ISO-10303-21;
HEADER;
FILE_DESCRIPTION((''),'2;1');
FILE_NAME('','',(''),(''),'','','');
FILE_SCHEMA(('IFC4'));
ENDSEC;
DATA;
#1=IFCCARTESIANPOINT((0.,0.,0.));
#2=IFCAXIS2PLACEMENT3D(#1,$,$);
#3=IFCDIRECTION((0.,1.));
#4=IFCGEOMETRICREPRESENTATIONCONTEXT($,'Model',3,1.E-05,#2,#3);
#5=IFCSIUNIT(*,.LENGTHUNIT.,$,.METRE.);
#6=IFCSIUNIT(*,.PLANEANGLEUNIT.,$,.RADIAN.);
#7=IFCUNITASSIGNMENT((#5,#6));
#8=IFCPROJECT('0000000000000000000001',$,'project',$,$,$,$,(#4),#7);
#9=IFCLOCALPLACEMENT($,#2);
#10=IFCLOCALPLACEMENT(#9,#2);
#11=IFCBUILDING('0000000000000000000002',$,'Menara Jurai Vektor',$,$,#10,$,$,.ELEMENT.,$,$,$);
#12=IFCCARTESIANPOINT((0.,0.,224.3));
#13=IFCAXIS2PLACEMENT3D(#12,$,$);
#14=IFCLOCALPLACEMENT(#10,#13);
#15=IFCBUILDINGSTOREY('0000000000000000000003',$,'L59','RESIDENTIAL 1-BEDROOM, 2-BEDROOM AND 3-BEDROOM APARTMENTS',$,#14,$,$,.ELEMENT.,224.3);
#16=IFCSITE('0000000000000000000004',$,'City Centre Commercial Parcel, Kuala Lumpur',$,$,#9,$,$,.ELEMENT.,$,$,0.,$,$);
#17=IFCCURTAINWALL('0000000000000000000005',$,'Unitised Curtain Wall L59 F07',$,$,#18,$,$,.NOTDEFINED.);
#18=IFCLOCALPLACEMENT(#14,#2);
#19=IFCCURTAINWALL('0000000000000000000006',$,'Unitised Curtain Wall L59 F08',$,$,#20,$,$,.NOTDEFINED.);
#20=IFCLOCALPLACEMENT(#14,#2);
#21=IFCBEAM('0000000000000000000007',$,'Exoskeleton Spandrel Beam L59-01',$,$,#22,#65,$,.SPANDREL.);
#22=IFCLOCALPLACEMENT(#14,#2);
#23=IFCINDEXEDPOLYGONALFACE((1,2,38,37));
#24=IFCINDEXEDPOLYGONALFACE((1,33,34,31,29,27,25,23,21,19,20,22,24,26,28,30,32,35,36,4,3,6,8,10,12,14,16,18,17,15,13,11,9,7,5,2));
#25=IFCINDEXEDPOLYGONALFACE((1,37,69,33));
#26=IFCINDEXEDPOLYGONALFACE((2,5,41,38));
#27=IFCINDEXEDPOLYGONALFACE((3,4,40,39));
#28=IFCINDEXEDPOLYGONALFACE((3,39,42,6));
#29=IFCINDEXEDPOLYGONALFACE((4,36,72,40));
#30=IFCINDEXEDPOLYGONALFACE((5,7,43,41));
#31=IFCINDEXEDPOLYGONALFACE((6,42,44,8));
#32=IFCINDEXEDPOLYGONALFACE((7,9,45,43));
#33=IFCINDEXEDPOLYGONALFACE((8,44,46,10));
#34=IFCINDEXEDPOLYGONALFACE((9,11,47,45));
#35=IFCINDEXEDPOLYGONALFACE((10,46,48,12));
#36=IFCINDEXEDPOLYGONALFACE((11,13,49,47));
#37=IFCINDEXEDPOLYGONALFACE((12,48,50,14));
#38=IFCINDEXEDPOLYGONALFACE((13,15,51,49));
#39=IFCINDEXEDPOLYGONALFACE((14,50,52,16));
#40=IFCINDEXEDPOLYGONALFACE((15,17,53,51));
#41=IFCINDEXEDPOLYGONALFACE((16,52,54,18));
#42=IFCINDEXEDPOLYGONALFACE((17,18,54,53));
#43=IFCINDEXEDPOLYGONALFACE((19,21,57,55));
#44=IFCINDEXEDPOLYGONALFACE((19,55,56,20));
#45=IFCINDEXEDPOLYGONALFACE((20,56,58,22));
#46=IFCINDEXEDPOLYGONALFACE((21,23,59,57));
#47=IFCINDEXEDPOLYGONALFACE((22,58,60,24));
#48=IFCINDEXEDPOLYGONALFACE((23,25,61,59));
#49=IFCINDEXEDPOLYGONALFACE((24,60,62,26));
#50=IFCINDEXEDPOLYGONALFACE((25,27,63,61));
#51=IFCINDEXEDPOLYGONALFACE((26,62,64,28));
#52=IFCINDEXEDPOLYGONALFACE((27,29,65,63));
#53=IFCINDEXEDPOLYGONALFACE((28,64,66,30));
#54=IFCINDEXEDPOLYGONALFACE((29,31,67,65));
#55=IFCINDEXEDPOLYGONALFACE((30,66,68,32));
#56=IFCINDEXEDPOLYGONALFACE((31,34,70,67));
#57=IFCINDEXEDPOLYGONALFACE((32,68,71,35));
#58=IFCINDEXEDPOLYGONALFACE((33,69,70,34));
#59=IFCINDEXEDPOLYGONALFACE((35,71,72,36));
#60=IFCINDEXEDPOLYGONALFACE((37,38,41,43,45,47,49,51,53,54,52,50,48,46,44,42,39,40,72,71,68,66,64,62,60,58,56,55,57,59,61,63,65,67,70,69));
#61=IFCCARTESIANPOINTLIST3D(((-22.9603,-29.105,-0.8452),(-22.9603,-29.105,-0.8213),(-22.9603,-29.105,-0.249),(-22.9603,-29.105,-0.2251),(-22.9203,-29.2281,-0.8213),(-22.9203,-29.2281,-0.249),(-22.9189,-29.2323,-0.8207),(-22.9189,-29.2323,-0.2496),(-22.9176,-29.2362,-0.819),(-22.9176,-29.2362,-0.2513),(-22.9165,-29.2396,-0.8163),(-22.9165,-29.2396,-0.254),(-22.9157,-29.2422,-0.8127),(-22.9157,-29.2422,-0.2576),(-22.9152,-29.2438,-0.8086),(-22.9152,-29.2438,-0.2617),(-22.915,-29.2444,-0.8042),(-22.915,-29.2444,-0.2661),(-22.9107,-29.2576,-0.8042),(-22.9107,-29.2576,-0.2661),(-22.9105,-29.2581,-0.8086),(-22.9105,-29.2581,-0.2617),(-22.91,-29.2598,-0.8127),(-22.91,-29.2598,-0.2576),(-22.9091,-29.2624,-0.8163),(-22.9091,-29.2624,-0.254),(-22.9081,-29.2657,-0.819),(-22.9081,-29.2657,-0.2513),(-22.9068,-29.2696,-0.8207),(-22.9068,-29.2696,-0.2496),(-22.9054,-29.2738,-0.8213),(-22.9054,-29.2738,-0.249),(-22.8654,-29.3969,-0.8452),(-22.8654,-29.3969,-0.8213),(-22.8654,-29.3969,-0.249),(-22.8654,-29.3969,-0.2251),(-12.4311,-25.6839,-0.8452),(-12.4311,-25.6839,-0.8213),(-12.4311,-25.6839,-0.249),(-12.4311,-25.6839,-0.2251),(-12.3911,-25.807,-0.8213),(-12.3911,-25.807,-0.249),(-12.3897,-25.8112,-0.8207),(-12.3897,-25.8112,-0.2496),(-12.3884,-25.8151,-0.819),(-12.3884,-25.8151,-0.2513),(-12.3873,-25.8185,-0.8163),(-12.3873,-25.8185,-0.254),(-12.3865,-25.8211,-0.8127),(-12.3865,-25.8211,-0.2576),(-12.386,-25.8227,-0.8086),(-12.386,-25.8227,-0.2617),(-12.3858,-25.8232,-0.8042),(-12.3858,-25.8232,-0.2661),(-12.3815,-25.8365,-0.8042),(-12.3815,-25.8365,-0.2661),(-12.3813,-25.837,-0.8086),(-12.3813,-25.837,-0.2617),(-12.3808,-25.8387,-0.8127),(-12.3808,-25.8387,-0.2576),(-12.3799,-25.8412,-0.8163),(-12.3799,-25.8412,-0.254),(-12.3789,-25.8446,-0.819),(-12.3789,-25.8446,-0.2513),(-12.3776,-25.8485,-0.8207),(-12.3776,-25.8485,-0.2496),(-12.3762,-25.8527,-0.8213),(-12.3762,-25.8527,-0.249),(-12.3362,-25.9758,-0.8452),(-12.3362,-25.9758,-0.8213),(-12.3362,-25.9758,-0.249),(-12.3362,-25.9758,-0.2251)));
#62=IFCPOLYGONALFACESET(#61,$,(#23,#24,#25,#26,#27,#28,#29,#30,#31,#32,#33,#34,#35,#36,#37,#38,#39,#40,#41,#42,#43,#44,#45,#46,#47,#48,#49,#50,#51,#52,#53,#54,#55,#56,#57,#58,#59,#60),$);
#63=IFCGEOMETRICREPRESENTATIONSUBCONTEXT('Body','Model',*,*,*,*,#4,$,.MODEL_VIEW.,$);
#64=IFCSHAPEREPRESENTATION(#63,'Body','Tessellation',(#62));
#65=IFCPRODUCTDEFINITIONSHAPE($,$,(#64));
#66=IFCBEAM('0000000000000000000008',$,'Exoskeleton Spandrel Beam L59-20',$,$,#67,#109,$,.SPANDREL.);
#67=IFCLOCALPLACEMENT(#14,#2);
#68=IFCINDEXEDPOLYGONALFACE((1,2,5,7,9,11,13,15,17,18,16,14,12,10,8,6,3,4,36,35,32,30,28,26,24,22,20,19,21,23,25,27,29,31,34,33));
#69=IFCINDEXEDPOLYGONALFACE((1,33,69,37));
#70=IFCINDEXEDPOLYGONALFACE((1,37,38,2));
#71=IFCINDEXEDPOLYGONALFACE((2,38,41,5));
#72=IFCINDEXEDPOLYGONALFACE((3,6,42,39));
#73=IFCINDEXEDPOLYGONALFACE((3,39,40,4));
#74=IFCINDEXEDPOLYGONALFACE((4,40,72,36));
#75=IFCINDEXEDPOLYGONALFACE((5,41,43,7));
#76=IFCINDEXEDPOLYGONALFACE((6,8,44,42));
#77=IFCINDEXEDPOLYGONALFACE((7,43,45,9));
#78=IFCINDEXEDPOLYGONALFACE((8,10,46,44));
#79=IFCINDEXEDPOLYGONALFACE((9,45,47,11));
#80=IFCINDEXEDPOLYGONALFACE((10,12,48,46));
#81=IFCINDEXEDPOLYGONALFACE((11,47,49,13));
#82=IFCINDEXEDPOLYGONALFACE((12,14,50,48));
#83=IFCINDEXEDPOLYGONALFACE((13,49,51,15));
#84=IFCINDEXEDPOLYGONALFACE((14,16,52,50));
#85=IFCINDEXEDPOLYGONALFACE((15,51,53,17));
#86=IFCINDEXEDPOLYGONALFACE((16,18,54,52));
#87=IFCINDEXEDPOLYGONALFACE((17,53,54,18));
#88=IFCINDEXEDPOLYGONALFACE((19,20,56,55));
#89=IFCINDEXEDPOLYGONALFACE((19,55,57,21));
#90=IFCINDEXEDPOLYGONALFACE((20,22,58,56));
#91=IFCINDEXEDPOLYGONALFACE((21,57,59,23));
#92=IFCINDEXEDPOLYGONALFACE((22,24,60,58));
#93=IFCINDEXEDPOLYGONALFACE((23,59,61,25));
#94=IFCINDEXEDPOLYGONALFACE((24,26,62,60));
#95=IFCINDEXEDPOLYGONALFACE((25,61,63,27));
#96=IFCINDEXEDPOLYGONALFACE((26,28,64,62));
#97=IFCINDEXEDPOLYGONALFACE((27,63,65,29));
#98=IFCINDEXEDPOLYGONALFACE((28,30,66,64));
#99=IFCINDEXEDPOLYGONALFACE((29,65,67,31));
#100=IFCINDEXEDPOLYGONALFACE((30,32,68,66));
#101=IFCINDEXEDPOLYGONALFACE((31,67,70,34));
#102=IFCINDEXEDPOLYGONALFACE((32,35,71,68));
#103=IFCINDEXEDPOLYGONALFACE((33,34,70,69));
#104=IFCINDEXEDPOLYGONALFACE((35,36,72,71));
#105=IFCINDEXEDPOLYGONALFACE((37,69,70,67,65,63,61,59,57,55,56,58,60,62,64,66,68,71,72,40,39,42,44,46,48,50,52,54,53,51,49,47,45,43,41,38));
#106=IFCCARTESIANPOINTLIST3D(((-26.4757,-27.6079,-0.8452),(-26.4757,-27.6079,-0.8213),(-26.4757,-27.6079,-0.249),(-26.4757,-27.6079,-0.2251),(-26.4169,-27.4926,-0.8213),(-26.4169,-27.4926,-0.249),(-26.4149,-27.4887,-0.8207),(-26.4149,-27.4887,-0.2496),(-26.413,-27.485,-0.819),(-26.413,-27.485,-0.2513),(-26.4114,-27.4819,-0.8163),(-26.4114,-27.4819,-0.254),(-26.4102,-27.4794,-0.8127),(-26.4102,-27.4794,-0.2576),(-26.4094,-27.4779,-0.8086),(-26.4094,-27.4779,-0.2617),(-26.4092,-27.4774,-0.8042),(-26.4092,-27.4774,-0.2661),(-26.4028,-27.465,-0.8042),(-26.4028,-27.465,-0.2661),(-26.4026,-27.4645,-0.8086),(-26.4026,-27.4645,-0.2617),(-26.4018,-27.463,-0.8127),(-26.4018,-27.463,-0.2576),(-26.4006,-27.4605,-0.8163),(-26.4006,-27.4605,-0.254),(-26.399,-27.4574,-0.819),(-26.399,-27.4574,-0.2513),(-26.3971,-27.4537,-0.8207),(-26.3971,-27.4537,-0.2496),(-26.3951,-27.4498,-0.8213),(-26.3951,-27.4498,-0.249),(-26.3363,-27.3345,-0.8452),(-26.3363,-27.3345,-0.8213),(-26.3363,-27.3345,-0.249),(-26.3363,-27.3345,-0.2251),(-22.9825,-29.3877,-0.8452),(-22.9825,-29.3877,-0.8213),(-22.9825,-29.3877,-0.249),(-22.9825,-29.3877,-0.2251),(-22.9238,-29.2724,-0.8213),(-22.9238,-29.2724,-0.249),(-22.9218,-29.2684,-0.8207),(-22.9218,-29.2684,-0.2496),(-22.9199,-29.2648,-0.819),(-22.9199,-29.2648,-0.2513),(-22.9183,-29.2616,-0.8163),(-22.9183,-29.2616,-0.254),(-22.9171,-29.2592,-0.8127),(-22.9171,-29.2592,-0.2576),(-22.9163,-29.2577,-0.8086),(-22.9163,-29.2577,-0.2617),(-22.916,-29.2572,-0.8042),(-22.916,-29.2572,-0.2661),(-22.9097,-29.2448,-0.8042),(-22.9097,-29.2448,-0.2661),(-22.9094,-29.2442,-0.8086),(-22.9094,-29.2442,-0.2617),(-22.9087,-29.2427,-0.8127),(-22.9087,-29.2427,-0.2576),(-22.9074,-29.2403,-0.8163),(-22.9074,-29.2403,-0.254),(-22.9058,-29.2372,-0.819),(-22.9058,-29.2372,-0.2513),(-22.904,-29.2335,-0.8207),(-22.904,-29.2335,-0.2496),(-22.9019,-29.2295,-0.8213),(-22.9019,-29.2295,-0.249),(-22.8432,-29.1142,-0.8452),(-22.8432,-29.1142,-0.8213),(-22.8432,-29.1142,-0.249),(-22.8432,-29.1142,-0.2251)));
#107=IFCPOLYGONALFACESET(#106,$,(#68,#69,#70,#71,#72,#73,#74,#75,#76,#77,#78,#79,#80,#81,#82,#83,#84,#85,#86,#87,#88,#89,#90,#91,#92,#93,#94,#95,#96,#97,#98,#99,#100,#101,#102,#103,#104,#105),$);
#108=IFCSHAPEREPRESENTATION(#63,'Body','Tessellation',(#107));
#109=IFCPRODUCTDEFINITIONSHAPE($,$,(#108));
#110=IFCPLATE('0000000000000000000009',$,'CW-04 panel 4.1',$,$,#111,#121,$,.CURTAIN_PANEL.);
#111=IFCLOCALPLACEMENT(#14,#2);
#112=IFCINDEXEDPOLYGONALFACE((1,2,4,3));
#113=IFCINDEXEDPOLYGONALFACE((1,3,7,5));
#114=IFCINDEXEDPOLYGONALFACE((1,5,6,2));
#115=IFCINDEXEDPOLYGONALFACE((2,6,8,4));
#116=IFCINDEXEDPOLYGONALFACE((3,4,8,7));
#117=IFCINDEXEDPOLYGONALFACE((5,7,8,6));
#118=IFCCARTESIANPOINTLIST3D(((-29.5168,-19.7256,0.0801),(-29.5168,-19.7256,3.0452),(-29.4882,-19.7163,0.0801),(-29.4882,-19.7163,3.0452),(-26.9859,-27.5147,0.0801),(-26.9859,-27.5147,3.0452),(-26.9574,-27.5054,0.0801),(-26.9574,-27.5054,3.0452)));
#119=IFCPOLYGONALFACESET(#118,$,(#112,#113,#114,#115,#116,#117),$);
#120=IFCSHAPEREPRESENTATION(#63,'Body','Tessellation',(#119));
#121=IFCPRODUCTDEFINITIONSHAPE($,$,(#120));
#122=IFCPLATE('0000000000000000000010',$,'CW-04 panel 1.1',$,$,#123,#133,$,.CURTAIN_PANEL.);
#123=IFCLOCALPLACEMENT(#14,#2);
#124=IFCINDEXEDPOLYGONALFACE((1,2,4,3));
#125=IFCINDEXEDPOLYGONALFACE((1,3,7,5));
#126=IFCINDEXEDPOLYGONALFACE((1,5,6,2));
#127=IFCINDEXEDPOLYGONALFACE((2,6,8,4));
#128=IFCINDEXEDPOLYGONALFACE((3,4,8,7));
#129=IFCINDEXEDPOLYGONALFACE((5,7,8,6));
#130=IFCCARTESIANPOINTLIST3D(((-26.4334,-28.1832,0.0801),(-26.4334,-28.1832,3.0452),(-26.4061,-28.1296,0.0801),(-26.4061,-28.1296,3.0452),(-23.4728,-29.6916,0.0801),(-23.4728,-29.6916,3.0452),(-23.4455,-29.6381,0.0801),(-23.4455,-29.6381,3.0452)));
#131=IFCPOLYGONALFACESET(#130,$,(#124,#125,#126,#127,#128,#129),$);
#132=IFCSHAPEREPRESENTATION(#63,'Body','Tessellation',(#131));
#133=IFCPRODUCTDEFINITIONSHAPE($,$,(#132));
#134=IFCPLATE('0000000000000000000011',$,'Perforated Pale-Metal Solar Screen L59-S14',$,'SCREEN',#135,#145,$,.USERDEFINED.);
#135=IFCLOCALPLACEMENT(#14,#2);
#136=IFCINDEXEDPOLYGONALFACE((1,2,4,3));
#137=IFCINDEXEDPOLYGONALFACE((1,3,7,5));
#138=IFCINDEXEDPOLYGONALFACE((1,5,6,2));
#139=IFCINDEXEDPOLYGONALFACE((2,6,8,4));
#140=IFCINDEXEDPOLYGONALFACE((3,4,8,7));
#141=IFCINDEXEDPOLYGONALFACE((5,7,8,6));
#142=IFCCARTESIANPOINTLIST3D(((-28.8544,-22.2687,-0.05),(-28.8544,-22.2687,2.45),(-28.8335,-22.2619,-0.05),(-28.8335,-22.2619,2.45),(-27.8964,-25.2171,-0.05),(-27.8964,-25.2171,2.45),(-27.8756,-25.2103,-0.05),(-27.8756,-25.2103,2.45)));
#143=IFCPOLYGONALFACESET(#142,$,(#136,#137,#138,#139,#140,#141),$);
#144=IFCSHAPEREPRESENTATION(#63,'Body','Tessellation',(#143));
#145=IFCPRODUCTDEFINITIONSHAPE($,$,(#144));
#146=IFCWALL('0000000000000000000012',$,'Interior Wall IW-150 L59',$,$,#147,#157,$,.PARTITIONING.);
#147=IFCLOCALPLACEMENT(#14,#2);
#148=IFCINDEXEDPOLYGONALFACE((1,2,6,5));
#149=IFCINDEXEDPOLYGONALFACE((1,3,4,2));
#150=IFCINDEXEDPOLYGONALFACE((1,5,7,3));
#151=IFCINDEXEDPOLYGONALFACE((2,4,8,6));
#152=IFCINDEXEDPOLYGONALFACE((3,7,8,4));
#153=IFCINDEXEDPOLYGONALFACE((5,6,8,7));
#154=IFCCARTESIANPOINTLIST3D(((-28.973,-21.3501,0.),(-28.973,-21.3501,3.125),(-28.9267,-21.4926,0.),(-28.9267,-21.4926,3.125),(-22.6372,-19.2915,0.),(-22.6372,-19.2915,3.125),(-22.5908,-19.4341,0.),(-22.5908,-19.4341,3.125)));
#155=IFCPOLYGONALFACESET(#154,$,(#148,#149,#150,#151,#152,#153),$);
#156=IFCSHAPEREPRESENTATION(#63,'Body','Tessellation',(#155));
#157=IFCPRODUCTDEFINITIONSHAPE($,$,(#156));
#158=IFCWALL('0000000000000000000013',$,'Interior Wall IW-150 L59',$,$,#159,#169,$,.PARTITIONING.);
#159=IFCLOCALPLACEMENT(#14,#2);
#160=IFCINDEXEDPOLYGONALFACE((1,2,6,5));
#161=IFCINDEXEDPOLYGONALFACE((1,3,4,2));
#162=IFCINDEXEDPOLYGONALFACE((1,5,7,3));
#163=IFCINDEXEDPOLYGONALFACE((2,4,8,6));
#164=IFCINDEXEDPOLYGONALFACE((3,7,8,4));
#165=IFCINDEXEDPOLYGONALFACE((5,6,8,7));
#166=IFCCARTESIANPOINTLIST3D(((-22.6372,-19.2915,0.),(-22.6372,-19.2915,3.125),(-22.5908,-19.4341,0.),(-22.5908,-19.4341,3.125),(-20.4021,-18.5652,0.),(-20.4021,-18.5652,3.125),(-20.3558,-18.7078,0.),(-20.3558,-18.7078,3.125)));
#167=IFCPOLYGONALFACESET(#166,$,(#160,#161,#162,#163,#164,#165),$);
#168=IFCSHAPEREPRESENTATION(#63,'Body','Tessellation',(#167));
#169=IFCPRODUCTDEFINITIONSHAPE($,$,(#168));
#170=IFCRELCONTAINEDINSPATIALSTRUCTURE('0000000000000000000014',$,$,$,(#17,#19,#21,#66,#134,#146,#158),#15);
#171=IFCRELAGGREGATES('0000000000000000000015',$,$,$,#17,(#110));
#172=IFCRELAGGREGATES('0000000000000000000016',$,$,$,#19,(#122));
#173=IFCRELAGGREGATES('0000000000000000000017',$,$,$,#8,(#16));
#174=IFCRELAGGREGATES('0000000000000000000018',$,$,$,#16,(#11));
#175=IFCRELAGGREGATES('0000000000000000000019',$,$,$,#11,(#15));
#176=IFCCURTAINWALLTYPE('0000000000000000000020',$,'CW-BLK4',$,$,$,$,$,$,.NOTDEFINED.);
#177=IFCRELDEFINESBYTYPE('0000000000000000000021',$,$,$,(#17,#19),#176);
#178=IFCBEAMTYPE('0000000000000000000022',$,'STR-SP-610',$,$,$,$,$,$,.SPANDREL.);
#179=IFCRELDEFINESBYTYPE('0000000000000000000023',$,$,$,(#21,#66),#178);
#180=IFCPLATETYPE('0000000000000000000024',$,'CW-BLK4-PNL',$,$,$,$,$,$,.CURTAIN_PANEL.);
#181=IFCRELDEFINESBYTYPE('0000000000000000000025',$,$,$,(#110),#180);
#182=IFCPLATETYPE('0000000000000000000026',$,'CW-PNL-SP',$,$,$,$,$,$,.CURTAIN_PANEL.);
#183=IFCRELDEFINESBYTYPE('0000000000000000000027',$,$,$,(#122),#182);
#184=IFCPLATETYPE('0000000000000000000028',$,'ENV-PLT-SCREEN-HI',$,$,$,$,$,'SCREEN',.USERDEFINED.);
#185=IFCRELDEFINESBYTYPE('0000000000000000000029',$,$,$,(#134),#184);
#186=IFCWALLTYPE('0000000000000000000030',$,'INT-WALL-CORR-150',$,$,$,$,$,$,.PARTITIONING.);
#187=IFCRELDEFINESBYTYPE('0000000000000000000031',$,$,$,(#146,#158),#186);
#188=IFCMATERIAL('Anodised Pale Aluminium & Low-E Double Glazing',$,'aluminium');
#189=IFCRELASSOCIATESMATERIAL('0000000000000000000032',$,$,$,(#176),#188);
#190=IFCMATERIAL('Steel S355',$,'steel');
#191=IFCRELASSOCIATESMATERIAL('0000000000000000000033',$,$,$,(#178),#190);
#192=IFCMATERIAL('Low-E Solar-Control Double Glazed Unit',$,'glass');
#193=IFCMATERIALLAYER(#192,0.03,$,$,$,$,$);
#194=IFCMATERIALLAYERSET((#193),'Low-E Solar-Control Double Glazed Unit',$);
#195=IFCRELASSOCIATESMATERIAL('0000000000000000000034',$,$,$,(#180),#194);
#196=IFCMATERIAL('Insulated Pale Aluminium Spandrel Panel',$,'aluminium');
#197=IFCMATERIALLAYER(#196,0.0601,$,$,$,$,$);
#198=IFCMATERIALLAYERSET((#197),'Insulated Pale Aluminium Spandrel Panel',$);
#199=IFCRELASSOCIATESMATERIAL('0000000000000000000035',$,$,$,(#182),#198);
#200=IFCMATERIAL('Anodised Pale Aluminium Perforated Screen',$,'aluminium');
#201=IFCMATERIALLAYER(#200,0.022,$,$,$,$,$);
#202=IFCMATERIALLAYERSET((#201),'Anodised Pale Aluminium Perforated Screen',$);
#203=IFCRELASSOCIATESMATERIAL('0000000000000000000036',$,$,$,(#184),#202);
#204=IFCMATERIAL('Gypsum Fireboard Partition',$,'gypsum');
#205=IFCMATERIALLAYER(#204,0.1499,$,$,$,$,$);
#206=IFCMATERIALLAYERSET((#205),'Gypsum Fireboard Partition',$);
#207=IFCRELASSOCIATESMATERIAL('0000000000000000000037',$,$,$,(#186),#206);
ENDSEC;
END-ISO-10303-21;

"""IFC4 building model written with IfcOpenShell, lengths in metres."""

from ifc_helpers import new_model, si_unit, direction, frame, frame_2d, origin, origin_2d, place, context, subcontext, project, spatial, rectangle, i_section, extrude, material, layer, layer_set, material_profile, profile_set, type_object, element, aggregate, save


model = new_model("IFC4")

# Units and contexts
model_context = context("Model", 3, precision=1e-05, world=origin(), true_north=direction((0.0, 1.0)))
body_context = subcontext(model_context, "Body", "Model", "MODEL_VIEW")
ifc_project = project(units=[si_unit("LENGTHUNIT", "METRE"), si_unit("PLANEANGLEUNIT", "RADIAN")], contexts=[model_context])

# Site, building, storey
site_placement = place(None, origin())
site = spatial("IfcSite", under=ifc_project, at=site_placement, Name="City Centre Commercial Parcel, Kuala Lumpur", CompositionType="ELEMENT", RefElevation=0.0)
building_placement = place(site_placement, origin())
building = spatial("IfcBuilding", under=site, at=building_placement, Name="Menara Jurai Vektor", CompositionType="ELEMENT")
storey_placement = place(building_placement, frame((0.0, 0.0, 224.3)))
storey = spatial("IfcBuildingStorey", under=building, at=storey_placement, Name="L59", Description="RESIDENTIAL 1-BEDROOM, 2-BEDROOM AND 3-BEDROOM APARTMENTS", CompositionType="ELEMENT", Elevation=224.3)

# Shared definitions
ifc_material_1 = material(Name="Anodised Pale Aluminium & Low-E Double Glazing", Category="aluminium")
curtain_wall_type = type_object("IfcCurtainWallType", Name="CW-BLK4", PredefinedType="NOTDEFINED", material=ifc_material_1)

# Curtain walls
curtain_wall_1_placement = place(storey_placement, origin())
curtain_wall_1 = element("IfcCurtainWall", 1, at=curtain_wall_1_placement, inside=storey, type_object=curtain_wall_type, Name="Unitised Curtain Wall L59 F07", PredefinedType="NOTDEFINED")
curtain_wall_2_placement = place(storey_placement, origin())
curtain_wall_2 = element("IfcCurtainWall", 2, at=curtain_wall_2_placement, inside=storey, type_object=curtain_wall_type, Name="Unitised Curtain Wall L59 F08", PredefinedType="NOTDEFINED")

# Shared definitions
ifc_material_2 = material(Name="Steel S355", Category="steel")

# Beams
ifc_material_profile_1 = material_profile(ifc_material_2, i_section(OverallWidth=0.3069, OverallDepth=0.6201, WebThickness=0.0139, FlangeThickness=0.0239, FilletRadius=0.0171, at=origin_2d()), Name="UKB 610x305x179")
ifc_profile_set_1 = profile_set([ifc_material_profile_1], Name="Steel S355")
beam_type_1 = type_object("IfcBeamType", Name="STR-SP-610", PredefinedType="SPANDREL", material=ifc_profile_set_1)
beam_1_placement = place(storey_placement, frame((-22.9128, -29.251, -0.5352), z_axis=(0.951057, 0.309014, 0.0), x_axis=(-0.309014, 0.951057, 0.0)))
element("IfcBeam", 3, at=beam_1_placement, inside=storey, type_object=beam_type_1, Name="Exoskeleton Spandrel Beam L59-01", PredefinedType="SPANDREL", context=body_context, shape_type="SweptSolid", body=[
    extrude(i_section(OverallWidth=0.3069, OverallDepth=0.6201, WebThickness=0.0139, FlangeThickness=0.0239, FilletRadius=0.0171, at=origin_2d()), origin(), (0.0, 0.0, 1.0), 11.071),
])
beam_2_placement = place(storey_placement, frame((-26.406, -27.4712, -0.5352), z_axis=(0.891014, -0.453976, 0.0), x_axis=(0.453976, 0.891014, 0.0)))
element("IfcBeam", 4, at=beam_2_placement, inside=storey, type_object=beam_type_1, Name="Exoskeleton Spandrel Beam L59-20", PredefinedType="SPANDREL", context=body_context, shape_type="SweptSolid", body=[
    extrude(i_section(OverallWidth=0.3069, OverallDepth=0.6201, WebThickness=0.0139, FlangeThickness=0.0239, FilletRadius=0.0171, at=origin_2d()), origin(), (0.0, 0.0, 1.0), 3.9204),
])

# Plates
ifc_material_3 = material(Name="Low-E Solar-Control Double Glazed Unit", Category="glass")
ifc_layer_1 = layer(ifc_material_3, 0.03)
ifc_layer_set_1 = layer_set([ifc_layer_1], Name="Low-E Solar-Control Double Glazed Unit")
plate_type_1 = type_object("IfcPlateType", Name="CW-BLK4-PNL", PredefinedType="CURTAIN_PANEL", material=ifc_layer_set_1)
plate_1_placement = place(storey_placement, frame((-28.2371, -23.6155, 0.0801), z_axis=(0.0, 0.0, 1.0), x_axis=(0.309016, -0.951057, 0.0)))
plate_1 = element("IfcPlate", 5, at=plate_1_placement, type_object=plate_type_1, Name="CW-04 panel 4.1", PredefinedType="CURTAIN_PANEL", context=body_context, shape_type="SweptSolid", body=[
    extrude(rectangle(XDim=8.1899, YDim=0.03, at=origin_2d()), origin(), (0.0, 0.0, 1.0), 2.9651),
])
aggregate(curtain_wall_1, [plate_1])
ifc_material_4 = material(Name="Insulated Pale Aluminium Spandrel Panel", Category="aluminium")
ifc_layer_2 = layer(ifc_material_4, 0.0601)
ifc_layer_set_2 = layer_set([ifc_layer_2], Name="Insulated Pale Aluminium Spandrel Panel")
plate_type_2 = type_object("IfcPlateType", Name="CW-PNL-SP", PredefinedType="CURTAIN_PANEL", material=ifc_layer_set_2)
plate_2_placement = place(storey_placement, frame((-24.9395, -28.9106, 0.0801), z_axis=(0.0, 0.0, 1.0), x_axis=(0.891008, -0.453989, 0.0)))
plate_2 = element("IfcPlate", 6, at=plate_2_placement, type_object=plate_type_2, Name="CW-04 panel 1.1", PredefinedType="CURTAIN_PANEL", context=body_context, shape_type="SweptSolid", body=[
    extrude(rectangle(XDim=3.3228, YDim=0.0601, at=origin_2d()), origin(), (0.0, 0.0, 1.0), 2.9651),
])
aggregate(curtain_wall_2, [plate_2])
ifc_material_5 = material(Name="Anodised Pale Aluminium Perforated Screen", Category="aluminium")
ifc_layer_3 = layer(ifc_material_5, 0.022)
ifc_layer_set_3 = layer_set([ifc_layer_3], Name="Anodised Pale Aluminium Perforated Screen")
plate_type_3 = type_object("IfcPlateType", Name="ENV-PLT-SCREEN-HI", ElementType="SCREEN", PredefinedType="USERDEFINED", material=ifc_layer_set_3)
plate_3_placement = place(storey_placement, frame((-28.365, -23.7395, -0.05), z_axis=(0.0, 0.0, 1.0), x_axis=(0.309017, -0.951057, 0.0)))
element("IfcPlate", 7, at=plate_3_placement, inside=storey, type_object=plate_type_3, Name="Perforated Pale-Metal Solar Screen L59-S14", ObjectType="SCREEN", PredefinedType="USERDEFINED", context=body_context, shape_type="SweptSolid", body=[
    extrude(rectangle(XDim=3.1001, YDim=0.022, at=origin_2d()), origin(), (0.0, 0.0, 1.0), 2.5),
])

# Walls
ifc_material_6 = material(Name="Gypsum Fireboard Partition", Category="gypsum")
ifc_layer_4 = layer(ifc_material_6, 0.1499)
ifc_layer_set_4 = layer_set([ifc_layer_4], Name="Gypsum Fireboard Partition")
wall_type = type_object("IfcWallType", Name="INT-WALL-CORR-150", PredefinedType="PARTITIONING", material=ifc_layer_set_4)
wall_1_placement = place(storey_placement, frame((-28.95, -21.4214, 0.0), z_axis=(0.0, 0.0, 1.0), x_axis=(0.95106, 0.309007, 0.0)))
element("IfcWall", 8, at=wall_1_placement, inside=storey, type_object=wall_type, Name="Interior Wall IW-150 L59", PredefinedType="PARTITIONING", context=body_context, shape_type="SweptSolid", body=[
    extrude(rectangle(XDim=6.6619, YDim=0.1499, at=frame_2d((3.3311, 0.0))), origin(), (0.0, 0.0, 1.0), 3.125),
])
wall_2_placement = place(storey_placement, frame((-22.614, -19.3628, 0.0), z_axis=(0.0, 0.0, 1.0), x_axis=(0.951046, 0.309051, 0.0)))
element("IfcWall", 9, at=wall_2_placement, inside=storey, type_object=wall_type, Name="Interior Wall IW-150 L59", PredefinedType="PARTITIONING", context=body_context, shape_type="SweptSolid", body=[
    extrude(rectangle(XDim=2.3501, YDim=0.1499, at=frame_2d((1.175, 0.0))), origin(), (0.0, 0.0, 1.0), 3.125),
])

save(model, "model.ifc")
